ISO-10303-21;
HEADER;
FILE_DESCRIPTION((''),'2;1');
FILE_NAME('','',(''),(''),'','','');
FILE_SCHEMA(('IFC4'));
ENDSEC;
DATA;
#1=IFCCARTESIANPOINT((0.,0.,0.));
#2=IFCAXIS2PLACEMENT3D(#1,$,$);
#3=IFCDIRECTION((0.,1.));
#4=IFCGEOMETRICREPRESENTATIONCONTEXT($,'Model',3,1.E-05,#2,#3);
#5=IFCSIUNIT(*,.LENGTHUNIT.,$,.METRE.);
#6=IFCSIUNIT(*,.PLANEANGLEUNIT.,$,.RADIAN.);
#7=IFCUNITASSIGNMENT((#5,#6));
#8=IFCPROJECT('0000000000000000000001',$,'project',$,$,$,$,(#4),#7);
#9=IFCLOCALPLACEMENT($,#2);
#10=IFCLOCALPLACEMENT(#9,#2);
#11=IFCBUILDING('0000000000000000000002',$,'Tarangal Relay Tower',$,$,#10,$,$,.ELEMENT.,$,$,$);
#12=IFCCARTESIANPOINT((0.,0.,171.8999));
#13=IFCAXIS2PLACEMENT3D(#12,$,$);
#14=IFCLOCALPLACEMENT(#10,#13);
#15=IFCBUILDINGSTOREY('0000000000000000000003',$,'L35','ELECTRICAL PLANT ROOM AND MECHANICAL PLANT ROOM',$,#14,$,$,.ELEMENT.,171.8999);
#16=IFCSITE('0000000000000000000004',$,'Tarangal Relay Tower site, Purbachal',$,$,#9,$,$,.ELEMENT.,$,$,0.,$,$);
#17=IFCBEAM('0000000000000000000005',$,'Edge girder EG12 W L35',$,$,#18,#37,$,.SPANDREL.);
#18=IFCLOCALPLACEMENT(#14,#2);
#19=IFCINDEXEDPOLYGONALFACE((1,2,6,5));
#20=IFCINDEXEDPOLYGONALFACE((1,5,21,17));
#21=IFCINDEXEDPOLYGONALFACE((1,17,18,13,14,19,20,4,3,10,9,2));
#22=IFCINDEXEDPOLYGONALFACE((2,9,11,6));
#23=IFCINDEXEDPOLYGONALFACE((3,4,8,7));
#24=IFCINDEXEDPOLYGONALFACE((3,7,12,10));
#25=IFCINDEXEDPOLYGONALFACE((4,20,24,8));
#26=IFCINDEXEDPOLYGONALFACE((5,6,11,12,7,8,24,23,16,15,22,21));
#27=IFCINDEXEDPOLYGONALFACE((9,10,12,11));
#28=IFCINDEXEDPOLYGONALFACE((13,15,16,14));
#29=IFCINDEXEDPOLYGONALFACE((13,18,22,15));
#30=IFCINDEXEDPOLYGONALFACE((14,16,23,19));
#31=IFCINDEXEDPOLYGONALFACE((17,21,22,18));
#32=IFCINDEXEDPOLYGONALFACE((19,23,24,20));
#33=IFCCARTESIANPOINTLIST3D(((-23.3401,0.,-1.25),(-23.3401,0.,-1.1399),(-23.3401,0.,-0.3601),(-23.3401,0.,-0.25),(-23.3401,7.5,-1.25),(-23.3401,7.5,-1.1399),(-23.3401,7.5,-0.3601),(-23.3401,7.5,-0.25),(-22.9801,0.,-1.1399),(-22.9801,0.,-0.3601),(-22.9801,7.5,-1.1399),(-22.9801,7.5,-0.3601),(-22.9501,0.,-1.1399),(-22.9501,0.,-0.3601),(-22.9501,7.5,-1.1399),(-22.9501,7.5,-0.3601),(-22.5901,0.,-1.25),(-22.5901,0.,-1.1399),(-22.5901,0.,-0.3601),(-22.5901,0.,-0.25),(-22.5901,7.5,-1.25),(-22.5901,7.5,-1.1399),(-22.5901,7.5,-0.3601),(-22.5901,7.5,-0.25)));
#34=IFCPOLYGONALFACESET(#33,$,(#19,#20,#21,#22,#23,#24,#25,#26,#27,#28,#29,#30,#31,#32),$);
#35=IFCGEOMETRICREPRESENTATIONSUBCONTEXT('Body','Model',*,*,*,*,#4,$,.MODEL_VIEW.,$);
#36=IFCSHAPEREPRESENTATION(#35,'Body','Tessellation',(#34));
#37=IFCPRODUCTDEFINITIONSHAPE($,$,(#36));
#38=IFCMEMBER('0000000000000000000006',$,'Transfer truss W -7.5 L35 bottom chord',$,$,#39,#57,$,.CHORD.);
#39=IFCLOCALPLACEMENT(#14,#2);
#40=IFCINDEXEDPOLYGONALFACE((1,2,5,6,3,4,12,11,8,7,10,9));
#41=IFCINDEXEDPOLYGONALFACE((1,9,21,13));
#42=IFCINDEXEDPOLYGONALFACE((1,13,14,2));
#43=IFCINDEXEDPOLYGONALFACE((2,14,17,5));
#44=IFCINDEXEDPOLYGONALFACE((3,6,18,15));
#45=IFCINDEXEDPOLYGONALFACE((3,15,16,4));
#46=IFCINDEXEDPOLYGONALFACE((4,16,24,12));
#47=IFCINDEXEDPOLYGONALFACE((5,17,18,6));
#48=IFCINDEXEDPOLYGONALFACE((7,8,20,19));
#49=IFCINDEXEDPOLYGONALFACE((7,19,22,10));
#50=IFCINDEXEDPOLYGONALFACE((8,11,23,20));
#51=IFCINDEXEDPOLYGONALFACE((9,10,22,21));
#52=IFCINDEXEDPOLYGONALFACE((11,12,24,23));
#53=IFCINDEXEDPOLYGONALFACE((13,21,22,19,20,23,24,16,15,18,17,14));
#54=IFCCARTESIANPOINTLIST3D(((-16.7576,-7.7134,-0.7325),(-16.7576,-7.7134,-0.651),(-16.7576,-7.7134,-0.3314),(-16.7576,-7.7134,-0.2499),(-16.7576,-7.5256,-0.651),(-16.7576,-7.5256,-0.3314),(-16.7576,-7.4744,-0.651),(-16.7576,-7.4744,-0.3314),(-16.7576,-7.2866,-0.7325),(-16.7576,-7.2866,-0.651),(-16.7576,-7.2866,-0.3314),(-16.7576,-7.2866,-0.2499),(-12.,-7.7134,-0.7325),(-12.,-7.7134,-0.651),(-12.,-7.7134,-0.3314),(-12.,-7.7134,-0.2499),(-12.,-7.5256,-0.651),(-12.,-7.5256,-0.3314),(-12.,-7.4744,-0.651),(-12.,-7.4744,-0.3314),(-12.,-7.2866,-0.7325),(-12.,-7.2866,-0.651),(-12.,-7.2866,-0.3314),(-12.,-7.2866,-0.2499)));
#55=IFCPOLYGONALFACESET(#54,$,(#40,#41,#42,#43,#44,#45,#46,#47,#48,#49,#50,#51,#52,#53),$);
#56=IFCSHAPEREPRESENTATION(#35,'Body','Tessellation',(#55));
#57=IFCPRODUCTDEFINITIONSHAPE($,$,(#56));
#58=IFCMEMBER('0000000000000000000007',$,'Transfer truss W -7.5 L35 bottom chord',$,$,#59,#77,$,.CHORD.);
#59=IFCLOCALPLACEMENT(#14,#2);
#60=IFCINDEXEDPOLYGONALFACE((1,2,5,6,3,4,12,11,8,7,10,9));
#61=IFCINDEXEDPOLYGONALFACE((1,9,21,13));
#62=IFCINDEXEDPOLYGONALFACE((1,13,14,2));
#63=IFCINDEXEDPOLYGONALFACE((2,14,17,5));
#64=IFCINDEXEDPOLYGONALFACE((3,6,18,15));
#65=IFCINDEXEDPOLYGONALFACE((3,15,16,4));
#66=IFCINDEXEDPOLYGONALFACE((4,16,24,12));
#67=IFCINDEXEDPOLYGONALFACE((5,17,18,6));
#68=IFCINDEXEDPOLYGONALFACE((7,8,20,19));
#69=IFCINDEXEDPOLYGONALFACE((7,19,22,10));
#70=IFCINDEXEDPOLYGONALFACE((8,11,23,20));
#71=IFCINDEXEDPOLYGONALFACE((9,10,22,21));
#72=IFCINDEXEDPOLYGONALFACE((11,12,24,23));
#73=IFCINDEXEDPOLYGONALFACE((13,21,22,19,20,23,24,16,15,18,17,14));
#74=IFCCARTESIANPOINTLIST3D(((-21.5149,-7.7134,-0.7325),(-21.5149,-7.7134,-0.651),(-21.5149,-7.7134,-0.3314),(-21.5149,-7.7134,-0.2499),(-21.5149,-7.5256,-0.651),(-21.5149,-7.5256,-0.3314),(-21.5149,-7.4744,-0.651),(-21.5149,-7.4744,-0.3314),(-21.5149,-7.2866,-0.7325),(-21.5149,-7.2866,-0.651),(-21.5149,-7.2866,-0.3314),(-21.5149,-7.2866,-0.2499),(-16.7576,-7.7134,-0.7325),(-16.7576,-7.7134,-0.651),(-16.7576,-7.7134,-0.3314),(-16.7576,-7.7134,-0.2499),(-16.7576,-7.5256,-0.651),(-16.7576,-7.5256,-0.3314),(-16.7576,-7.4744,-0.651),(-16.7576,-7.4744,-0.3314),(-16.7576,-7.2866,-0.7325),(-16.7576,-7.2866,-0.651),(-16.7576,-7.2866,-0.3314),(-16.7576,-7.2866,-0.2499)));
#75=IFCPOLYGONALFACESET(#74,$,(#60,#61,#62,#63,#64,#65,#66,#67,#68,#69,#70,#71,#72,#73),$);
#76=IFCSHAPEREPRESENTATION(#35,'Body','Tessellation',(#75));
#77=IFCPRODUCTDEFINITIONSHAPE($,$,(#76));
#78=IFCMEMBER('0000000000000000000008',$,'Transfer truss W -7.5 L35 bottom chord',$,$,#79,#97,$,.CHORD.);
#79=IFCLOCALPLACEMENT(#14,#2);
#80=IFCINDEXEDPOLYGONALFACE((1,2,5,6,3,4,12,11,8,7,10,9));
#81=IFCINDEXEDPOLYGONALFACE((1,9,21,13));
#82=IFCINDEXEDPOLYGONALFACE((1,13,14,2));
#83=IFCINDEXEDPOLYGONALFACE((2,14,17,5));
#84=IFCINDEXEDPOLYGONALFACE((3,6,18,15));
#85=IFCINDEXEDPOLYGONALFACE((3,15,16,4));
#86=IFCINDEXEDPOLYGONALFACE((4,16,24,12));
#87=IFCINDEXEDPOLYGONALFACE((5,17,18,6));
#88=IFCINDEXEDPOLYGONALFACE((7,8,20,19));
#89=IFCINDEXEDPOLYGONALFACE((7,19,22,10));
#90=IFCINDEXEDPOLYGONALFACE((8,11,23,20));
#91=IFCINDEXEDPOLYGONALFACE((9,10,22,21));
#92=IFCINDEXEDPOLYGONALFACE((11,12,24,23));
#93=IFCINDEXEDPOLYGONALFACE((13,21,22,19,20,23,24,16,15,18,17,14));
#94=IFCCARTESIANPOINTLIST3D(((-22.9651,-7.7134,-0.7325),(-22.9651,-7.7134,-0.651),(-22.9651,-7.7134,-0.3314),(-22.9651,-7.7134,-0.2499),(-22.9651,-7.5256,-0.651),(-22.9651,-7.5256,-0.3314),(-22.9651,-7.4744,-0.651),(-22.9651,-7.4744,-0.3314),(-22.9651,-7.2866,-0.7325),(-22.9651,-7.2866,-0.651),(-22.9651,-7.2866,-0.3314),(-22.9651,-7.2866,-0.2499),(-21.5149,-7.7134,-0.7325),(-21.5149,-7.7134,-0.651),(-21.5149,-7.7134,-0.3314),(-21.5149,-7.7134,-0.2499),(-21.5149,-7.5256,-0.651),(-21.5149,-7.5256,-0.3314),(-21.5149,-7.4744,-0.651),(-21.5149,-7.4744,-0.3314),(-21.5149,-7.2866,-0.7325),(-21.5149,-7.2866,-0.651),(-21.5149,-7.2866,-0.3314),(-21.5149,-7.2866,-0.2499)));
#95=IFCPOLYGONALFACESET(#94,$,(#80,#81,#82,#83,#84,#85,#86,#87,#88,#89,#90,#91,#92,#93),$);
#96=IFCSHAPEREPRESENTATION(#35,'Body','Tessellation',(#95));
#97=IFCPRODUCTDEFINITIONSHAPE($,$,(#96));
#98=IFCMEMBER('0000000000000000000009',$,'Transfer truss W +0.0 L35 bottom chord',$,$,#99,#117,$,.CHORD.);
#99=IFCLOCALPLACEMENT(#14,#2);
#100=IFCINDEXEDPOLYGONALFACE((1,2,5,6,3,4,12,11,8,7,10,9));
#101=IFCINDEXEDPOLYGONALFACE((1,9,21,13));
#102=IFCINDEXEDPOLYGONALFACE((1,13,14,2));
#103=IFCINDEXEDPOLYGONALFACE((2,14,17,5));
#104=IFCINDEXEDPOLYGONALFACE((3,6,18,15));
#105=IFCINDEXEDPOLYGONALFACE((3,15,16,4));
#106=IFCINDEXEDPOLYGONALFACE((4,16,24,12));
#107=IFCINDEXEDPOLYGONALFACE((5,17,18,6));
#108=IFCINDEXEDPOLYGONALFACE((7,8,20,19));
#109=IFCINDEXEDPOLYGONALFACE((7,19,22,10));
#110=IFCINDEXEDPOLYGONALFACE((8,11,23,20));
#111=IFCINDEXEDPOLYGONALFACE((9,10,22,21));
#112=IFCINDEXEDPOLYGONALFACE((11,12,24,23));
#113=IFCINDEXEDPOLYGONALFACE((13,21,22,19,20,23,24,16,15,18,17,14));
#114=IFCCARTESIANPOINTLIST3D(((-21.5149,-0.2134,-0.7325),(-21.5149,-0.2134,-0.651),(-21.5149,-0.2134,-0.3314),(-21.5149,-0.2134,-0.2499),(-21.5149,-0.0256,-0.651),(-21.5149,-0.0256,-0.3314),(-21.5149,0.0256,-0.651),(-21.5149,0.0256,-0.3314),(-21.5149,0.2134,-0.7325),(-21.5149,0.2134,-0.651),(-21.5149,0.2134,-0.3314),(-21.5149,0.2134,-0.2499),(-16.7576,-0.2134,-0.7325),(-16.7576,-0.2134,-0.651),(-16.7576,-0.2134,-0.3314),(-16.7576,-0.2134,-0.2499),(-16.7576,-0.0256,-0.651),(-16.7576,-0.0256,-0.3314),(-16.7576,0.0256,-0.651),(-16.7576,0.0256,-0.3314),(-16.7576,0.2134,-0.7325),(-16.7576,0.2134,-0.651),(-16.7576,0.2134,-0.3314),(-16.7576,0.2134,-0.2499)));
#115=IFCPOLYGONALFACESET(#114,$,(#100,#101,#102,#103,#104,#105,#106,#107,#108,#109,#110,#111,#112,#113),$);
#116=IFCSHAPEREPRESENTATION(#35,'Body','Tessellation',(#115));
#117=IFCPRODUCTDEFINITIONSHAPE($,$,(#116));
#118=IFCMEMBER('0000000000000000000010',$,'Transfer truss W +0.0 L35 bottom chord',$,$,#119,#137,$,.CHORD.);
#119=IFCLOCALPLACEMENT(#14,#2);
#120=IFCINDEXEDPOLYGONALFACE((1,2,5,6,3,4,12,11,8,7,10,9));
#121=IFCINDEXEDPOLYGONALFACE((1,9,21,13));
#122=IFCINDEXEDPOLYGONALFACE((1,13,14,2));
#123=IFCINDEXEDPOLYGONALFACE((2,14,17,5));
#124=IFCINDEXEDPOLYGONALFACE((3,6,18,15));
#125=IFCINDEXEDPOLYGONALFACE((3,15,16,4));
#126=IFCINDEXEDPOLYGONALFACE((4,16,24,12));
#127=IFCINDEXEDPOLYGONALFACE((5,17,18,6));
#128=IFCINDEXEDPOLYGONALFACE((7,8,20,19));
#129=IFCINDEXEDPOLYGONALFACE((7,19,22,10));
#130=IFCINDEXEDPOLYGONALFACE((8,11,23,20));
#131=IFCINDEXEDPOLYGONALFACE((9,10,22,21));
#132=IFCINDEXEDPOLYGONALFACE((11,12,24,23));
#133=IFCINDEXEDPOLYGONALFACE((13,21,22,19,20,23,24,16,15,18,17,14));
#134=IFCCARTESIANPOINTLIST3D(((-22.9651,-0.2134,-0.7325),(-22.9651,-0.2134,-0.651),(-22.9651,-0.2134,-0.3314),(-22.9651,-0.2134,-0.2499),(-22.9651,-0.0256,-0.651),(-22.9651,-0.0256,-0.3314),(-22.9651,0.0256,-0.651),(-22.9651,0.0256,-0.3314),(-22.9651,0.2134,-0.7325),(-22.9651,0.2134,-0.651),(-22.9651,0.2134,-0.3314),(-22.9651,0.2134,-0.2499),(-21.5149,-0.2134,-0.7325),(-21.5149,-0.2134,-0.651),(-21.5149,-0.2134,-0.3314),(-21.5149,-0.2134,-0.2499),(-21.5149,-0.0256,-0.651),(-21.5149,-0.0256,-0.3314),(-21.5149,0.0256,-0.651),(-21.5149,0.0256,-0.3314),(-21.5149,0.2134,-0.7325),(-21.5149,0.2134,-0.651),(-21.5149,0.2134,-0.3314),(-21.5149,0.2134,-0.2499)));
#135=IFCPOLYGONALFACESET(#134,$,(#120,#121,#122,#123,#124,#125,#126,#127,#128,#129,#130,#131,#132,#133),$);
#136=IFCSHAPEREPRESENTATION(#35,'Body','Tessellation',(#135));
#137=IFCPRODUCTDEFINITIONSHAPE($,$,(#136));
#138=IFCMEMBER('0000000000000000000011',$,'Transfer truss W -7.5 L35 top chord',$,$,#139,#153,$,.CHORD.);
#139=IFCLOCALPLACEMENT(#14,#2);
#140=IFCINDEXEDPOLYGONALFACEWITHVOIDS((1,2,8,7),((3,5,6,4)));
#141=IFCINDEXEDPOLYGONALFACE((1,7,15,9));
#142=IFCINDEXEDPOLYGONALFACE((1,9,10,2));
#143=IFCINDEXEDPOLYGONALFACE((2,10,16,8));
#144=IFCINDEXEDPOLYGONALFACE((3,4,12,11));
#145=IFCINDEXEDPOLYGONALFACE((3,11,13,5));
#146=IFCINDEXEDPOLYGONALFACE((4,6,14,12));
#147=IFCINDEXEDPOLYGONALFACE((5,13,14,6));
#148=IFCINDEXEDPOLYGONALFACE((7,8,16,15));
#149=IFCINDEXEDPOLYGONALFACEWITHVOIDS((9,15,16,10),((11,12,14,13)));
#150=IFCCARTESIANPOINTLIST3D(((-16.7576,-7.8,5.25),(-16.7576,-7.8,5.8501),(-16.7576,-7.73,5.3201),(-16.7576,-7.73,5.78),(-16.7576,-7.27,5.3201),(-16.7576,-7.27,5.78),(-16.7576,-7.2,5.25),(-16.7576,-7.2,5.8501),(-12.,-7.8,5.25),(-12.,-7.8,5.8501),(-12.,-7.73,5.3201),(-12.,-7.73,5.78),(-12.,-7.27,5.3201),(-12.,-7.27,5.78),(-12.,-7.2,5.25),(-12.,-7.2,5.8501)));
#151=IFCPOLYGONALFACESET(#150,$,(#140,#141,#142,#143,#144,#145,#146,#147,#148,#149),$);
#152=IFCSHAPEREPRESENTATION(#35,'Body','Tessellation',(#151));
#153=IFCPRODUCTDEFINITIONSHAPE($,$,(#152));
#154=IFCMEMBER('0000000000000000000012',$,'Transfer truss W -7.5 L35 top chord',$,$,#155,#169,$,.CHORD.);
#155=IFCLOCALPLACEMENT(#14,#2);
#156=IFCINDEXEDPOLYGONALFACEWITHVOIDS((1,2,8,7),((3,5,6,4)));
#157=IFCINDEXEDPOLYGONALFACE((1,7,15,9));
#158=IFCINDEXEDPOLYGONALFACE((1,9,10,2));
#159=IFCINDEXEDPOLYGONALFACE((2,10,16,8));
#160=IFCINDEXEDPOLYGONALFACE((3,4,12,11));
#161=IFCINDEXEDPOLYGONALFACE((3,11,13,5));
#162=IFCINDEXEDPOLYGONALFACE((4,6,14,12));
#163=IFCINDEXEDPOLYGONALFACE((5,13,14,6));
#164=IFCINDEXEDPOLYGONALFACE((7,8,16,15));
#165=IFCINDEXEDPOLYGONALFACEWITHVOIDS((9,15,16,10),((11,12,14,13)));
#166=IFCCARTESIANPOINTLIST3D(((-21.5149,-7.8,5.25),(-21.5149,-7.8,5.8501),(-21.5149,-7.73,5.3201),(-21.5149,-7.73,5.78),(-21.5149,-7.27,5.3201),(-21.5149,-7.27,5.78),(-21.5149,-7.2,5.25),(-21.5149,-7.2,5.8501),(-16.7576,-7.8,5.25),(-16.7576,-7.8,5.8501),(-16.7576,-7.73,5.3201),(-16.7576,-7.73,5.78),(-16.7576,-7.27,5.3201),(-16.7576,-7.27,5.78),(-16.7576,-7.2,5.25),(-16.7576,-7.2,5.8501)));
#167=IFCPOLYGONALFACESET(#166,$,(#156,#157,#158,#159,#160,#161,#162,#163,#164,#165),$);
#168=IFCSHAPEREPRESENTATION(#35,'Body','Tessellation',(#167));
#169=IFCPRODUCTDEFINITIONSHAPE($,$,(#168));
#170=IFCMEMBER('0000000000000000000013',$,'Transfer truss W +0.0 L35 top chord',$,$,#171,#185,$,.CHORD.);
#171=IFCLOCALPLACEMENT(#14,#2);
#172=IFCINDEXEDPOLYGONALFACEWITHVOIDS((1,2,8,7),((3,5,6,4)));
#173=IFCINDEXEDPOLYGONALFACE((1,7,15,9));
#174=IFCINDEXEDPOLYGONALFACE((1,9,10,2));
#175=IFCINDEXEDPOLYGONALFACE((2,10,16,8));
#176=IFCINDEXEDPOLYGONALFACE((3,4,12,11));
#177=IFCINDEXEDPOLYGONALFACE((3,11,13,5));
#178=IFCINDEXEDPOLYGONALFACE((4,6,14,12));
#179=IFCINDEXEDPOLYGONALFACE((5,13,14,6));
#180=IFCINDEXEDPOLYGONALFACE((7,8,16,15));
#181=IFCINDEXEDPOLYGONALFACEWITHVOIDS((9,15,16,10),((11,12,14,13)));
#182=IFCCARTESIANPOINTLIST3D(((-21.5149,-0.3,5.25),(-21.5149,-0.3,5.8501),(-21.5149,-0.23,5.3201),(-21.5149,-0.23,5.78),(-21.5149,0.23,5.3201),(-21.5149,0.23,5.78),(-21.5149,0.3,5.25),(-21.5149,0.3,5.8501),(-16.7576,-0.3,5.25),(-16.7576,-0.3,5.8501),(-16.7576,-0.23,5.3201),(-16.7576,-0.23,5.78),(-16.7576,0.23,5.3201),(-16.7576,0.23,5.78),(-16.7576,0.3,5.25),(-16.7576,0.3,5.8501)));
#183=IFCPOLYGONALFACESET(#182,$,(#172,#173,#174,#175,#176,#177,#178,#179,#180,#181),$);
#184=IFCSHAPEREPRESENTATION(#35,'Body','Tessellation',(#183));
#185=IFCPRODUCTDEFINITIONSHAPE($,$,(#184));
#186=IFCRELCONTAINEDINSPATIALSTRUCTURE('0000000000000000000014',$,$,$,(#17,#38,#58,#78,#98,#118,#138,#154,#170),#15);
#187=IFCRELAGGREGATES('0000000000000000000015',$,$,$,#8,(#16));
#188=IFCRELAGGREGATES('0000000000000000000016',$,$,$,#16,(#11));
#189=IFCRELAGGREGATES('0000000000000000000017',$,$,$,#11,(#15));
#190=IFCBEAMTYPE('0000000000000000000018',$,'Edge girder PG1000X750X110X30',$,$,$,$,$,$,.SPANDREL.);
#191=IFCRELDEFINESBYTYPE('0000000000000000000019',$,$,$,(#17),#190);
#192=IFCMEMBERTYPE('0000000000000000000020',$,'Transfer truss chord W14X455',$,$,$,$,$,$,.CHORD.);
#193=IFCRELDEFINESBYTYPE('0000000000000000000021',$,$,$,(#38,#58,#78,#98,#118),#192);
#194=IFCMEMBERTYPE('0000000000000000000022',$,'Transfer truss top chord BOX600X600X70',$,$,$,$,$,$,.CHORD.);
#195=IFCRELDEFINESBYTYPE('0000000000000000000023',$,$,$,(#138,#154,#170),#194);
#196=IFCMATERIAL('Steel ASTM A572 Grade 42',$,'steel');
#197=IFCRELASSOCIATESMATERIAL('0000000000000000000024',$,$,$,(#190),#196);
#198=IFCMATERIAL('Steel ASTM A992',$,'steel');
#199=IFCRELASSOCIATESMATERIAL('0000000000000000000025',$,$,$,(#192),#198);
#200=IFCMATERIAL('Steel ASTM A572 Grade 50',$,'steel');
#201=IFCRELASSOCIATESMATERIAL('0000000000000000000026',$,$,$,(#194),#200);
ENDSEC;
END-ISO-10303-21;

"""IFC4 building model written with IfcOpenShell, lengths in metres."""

from ifc_helpers import new_model, si_unit, direction, frame, origin, origin_2d, place, context, subcontext, project, spatial, hollow_rectangle, i_section, extrude, material, material_profile, profile_set, type_object, element, save


model = new_model("IFC4")

# Units and contexts
model_context = context("Model", 3, precision=1e-05, world=origin(), true_north=direction((0.0, 1.0)))
body_context = subcontext(model_context, "Body", "Model", "MODEL_VIEW")
ifc_project = project(units=[si_unit("LENGTHUNIT", "METRE"), si_unit("PLANEANGLEUNIT", "RADIAN")], contexts=[model_context])

# Site, building, storey
site_placement = place(None, origin())
site = spatial("IfcSite", under=ifc_project, at=site_placement, Name="Tarangal Relay Tower site, Purbachal", CompositionType="ELEMENT", RefElevation=0.0)
building_placement = place(site_placement, origin())
building = spatial("IfcBuilding", under=site, at=building_placement, Name="Tarangal Relay Tower", CompositionType="ELEMENT")
storey_placement = place(building_placement, frame((0.0, 0.0, 171.8999)))
storey = spatial("IfcBuildingStorey", under=building, at=storey_placement, Name="L35", Description="ELECTRICAL PLANT ROOM AND MECHANICAL PLANT ROOM", CompositionType="ELEMENT", Elevation=171.8999)

# Shared definitions
ifc_material_1 = material(Name="Steel ASTM A572 Grade 50", Category="steel")

# Shared definitions
ifc_material_2 = material(Name="Steel ASTM A992", Category="steel")

# Beam
ifc_material_3 = material(Name="Steel ASTM A572 Grade 42", Category="steel")
ifc_material_profile_1 = material_profile(ifc_material_3, i_section(OverallWidth=0.75, OverallDepth=1.0, WebThickness=0.03, FlangeThickness=0.1101, at=origin_2d()), Name="PG1000X750X110X30")
ifc_profile_set_1 = profile_set([ifc_material_profile_1], Name="Steel ASTM A572 Grade 42")
beam_type = type_object("IfcBeamType", Name="Edge girder PG1000X750X110X30", PredefinedType="SPANDREL", material=ifc_profile_set_1)
beam_placement = place(storey_placement, frame((-22.9651, 0.0, -0.75), z_axis=(0.0, 1.0, 0.0), x_axis=(-1.0, 0.0, 0.0)))
element("IfcBeam", 1, at=beam_placement, inside=storey, type_object=beam_type, Name="Edge girder EG12 W L35", PredefinedType="SPANDREL", context=body_context, shape_type="SweptSolid", body=[
    extrude(i_section(OverallWidth=0.75, OverallDepth=1.0, WebThickness=0.03, FlangeThickness=0.1101, at=origin_2d()), origin(), (0.0, 0.0, 1.0), 7.5),
])

# Members
ifc_material_profile_2 = material_profile(ifc_material_2, i_section(OverallWidth=0.4268, OverallDepth=0.4827, WebThickness=0.0513, FlangeThickness=0.0815, at=origin_2d()), Name="W14X455")
ifc_profile_set_2 = profile_set([ifc_material_profile_2], Name="Steel ASTM A992")
member_type_1 = type_object("IfcMemberType", Name="Transfer truss chord W14X455", PredefinedType="CHORD", material=ifc_profile_set_2)
member_1_placement = place(storey_placement, frame((-12.0, -7.5, -0.4912), z_axis=(-1.0, 0.0, 0.0), x_axis=(0.0, -1.0, 0.0)))
element("IfcMember", 2, at=member_1_placement, inside=storey, type_object=member_type_1, Name="Transfer truss W -7.5 L35 bottom chord", PredefinedType="CHORD", context=body_context, shape_type="SweptSolid", body=[
    extrude(i_section(OverallWidth=0.4268, OverallDepth=0.4827, WebThickness=0.0513, FlangeThickness=0.0815, at=origin_2d()), origin(), (0.0, 0.0, 1.0), 4.7576),
])
member_2_placement = place(storey_placement, frame((-16.7576, -7.5, -0.4912), z_axis=(-1.0, 0.0, 0.0), x_axis=(0.0, -1.0, 0.0)))
element("IfcMember", 3, at=member_2_placement, inside=storey, type_object=member_type_1, Name="Transfer truss W -7.5 L35 bottom chord", PredefinedType="CHORD", context=body_context, shape_type="SweptSolid", body=[
    extrude(i_section(OverallWidth=0.4268, OverallDepth=0.4827, WebThickness=0.0513, FlangeThickness=0.0815, at=origin_2d()), origin(), (0.0, 0.0, 1.0), 4.7573),
])
member_3_placement = place(storey_placement, frame((-21.5149, -7.5, -0.4912), z_axis=(-1.0, 0.0, 0.0), x_axis=(0.0, -1.0, 0.0)))
element("IfcMember", 4, at=member_3_placement, inside=storey, type_object=member_type_1, Name="Transfer truss W -7.5 L35 bottom chord", PredefinedType="CHORD", context=body_context, shape_type="SweptSolid", body=[
    extrude(i_section(OverallWidth=0.4268, OverallDepth=0.4827, WebThickness=0.0513, FlangeThickness=0.0815, at=origin_2d()), origin(), (0.0, 0.0, 1.0), 1.4502),
])
member_4_placement = place(storey_placement, frame((-16.7576, 0.0, -0.4912), z_axis=(-1.0, 0.0, 0.0), x_axis=(0.0, -1.0, 0.0)))
element("IfcMember", 5, at=member_4_placement, inside=storey, type_object=member_type_1, Name="Transfer truss W +0.0 L35 bottom chord", PredefinedType="CHORD", context=body_context, shape_type="SweptSolid", body=[
    extrude(i_section(OverallWidth=0.4268, OverallDepth=0.4827, WebThickness=0.0513, FlangeThickness=0.0815, at=origin_2d()), origin(), (0.0, 0.0, 1.0), 4.7573),
])
member_5_placement = place(storey_placement, frame((-21.5149, 0.0, -0.4912), z_axis=(-1.0, 0.0, 0.0), x_axis=(0.0, -1.0, 0.0)))
element("IfcMember", 6, at=member_5_placement, inside=storey, type_object=member_type_1, Name="Transfer truss W +0.0 L35 bottom chord", PredefinedType="CHORD", context=body_context, shape_type="SweptSolid", body=[
    extrude(i_section(OverallWidth=0.4268, OverallDepth=0.4827, WebThickness=0.0513, FlangeThickness=0.0815, at=origin_2d()), origin(), (0.0, 0.0, 1.0), 1.4502),
])
ifc_material_profile_3 = material_profile(ifc_material_1, hollow_rectangle(XDim=0.6001, YDim=0.6001, WallThickness=0.0701, at=origin_2d()), Name="BOX600X600X70")
ifc_profile_set_3 = profile_set([ifc_material_profile_3], Name="Steel ASTM A572 Grade 50")
member_type_2 = type_object("IfcMemberType", Name="Transfer truss top chord BOX600X600X70", PredefinedType="CHORD", material=ifc_profile_set_3)
member_6_placement = place(storey_placement, frame((-12.0, -7.5, 5.55), z_axis=(-1.0, 0.0, 0.0), x_axis=(0.0, -1.0, 0.0)))
element("IfcMember", 7, at=member_6_placement, inside=storey, type_object=member_type_2, Name="Transfer truss W -7.5 L35 top chord", PredefinedType="CHORD", context=body_context, shape_type="SweptSolid", body=[
    extrude(hollow_rectangle(XDim=0.6001, YDim=0.6001, WallThickness=0.0701, at=origin_2d()), origin(), (0.0, 0.0, 1.0), 4.7576),
])
for number, where, z_axis, x_axis, name in (
    (8, (-16.7576, -7.5, 5.55), (-1.0, 0.0, 0.0), (0.0, -1.0, 0.0), "Transfer truss W -7.5 L35 top chord"),
    (9, (-16.7576, 0.0, 5.55), (-1.0, 0.0, 0.0), (0.0, -1.0, 0.0), "Transfer truss W +0.0 L35 top chord"),
):
    element("IfcMember", number, at=place(storey_placement, frame(where, z_axis=z_axis, x_axis=x_axis)), inside=storey, type_object=member_type_2, Name=name, PredefinedType="CHORD", context=body_context, shape_type="SweptSolid", body=[
        extrude(hollow_rectangle(XDim=0.6001, YDim=0.6001, WallThickness=0.0701, at=origin_2d()), origin(), (0.0, 0.0, 1.0), 4.7573),
    ])

save(model, "model.ifc")
